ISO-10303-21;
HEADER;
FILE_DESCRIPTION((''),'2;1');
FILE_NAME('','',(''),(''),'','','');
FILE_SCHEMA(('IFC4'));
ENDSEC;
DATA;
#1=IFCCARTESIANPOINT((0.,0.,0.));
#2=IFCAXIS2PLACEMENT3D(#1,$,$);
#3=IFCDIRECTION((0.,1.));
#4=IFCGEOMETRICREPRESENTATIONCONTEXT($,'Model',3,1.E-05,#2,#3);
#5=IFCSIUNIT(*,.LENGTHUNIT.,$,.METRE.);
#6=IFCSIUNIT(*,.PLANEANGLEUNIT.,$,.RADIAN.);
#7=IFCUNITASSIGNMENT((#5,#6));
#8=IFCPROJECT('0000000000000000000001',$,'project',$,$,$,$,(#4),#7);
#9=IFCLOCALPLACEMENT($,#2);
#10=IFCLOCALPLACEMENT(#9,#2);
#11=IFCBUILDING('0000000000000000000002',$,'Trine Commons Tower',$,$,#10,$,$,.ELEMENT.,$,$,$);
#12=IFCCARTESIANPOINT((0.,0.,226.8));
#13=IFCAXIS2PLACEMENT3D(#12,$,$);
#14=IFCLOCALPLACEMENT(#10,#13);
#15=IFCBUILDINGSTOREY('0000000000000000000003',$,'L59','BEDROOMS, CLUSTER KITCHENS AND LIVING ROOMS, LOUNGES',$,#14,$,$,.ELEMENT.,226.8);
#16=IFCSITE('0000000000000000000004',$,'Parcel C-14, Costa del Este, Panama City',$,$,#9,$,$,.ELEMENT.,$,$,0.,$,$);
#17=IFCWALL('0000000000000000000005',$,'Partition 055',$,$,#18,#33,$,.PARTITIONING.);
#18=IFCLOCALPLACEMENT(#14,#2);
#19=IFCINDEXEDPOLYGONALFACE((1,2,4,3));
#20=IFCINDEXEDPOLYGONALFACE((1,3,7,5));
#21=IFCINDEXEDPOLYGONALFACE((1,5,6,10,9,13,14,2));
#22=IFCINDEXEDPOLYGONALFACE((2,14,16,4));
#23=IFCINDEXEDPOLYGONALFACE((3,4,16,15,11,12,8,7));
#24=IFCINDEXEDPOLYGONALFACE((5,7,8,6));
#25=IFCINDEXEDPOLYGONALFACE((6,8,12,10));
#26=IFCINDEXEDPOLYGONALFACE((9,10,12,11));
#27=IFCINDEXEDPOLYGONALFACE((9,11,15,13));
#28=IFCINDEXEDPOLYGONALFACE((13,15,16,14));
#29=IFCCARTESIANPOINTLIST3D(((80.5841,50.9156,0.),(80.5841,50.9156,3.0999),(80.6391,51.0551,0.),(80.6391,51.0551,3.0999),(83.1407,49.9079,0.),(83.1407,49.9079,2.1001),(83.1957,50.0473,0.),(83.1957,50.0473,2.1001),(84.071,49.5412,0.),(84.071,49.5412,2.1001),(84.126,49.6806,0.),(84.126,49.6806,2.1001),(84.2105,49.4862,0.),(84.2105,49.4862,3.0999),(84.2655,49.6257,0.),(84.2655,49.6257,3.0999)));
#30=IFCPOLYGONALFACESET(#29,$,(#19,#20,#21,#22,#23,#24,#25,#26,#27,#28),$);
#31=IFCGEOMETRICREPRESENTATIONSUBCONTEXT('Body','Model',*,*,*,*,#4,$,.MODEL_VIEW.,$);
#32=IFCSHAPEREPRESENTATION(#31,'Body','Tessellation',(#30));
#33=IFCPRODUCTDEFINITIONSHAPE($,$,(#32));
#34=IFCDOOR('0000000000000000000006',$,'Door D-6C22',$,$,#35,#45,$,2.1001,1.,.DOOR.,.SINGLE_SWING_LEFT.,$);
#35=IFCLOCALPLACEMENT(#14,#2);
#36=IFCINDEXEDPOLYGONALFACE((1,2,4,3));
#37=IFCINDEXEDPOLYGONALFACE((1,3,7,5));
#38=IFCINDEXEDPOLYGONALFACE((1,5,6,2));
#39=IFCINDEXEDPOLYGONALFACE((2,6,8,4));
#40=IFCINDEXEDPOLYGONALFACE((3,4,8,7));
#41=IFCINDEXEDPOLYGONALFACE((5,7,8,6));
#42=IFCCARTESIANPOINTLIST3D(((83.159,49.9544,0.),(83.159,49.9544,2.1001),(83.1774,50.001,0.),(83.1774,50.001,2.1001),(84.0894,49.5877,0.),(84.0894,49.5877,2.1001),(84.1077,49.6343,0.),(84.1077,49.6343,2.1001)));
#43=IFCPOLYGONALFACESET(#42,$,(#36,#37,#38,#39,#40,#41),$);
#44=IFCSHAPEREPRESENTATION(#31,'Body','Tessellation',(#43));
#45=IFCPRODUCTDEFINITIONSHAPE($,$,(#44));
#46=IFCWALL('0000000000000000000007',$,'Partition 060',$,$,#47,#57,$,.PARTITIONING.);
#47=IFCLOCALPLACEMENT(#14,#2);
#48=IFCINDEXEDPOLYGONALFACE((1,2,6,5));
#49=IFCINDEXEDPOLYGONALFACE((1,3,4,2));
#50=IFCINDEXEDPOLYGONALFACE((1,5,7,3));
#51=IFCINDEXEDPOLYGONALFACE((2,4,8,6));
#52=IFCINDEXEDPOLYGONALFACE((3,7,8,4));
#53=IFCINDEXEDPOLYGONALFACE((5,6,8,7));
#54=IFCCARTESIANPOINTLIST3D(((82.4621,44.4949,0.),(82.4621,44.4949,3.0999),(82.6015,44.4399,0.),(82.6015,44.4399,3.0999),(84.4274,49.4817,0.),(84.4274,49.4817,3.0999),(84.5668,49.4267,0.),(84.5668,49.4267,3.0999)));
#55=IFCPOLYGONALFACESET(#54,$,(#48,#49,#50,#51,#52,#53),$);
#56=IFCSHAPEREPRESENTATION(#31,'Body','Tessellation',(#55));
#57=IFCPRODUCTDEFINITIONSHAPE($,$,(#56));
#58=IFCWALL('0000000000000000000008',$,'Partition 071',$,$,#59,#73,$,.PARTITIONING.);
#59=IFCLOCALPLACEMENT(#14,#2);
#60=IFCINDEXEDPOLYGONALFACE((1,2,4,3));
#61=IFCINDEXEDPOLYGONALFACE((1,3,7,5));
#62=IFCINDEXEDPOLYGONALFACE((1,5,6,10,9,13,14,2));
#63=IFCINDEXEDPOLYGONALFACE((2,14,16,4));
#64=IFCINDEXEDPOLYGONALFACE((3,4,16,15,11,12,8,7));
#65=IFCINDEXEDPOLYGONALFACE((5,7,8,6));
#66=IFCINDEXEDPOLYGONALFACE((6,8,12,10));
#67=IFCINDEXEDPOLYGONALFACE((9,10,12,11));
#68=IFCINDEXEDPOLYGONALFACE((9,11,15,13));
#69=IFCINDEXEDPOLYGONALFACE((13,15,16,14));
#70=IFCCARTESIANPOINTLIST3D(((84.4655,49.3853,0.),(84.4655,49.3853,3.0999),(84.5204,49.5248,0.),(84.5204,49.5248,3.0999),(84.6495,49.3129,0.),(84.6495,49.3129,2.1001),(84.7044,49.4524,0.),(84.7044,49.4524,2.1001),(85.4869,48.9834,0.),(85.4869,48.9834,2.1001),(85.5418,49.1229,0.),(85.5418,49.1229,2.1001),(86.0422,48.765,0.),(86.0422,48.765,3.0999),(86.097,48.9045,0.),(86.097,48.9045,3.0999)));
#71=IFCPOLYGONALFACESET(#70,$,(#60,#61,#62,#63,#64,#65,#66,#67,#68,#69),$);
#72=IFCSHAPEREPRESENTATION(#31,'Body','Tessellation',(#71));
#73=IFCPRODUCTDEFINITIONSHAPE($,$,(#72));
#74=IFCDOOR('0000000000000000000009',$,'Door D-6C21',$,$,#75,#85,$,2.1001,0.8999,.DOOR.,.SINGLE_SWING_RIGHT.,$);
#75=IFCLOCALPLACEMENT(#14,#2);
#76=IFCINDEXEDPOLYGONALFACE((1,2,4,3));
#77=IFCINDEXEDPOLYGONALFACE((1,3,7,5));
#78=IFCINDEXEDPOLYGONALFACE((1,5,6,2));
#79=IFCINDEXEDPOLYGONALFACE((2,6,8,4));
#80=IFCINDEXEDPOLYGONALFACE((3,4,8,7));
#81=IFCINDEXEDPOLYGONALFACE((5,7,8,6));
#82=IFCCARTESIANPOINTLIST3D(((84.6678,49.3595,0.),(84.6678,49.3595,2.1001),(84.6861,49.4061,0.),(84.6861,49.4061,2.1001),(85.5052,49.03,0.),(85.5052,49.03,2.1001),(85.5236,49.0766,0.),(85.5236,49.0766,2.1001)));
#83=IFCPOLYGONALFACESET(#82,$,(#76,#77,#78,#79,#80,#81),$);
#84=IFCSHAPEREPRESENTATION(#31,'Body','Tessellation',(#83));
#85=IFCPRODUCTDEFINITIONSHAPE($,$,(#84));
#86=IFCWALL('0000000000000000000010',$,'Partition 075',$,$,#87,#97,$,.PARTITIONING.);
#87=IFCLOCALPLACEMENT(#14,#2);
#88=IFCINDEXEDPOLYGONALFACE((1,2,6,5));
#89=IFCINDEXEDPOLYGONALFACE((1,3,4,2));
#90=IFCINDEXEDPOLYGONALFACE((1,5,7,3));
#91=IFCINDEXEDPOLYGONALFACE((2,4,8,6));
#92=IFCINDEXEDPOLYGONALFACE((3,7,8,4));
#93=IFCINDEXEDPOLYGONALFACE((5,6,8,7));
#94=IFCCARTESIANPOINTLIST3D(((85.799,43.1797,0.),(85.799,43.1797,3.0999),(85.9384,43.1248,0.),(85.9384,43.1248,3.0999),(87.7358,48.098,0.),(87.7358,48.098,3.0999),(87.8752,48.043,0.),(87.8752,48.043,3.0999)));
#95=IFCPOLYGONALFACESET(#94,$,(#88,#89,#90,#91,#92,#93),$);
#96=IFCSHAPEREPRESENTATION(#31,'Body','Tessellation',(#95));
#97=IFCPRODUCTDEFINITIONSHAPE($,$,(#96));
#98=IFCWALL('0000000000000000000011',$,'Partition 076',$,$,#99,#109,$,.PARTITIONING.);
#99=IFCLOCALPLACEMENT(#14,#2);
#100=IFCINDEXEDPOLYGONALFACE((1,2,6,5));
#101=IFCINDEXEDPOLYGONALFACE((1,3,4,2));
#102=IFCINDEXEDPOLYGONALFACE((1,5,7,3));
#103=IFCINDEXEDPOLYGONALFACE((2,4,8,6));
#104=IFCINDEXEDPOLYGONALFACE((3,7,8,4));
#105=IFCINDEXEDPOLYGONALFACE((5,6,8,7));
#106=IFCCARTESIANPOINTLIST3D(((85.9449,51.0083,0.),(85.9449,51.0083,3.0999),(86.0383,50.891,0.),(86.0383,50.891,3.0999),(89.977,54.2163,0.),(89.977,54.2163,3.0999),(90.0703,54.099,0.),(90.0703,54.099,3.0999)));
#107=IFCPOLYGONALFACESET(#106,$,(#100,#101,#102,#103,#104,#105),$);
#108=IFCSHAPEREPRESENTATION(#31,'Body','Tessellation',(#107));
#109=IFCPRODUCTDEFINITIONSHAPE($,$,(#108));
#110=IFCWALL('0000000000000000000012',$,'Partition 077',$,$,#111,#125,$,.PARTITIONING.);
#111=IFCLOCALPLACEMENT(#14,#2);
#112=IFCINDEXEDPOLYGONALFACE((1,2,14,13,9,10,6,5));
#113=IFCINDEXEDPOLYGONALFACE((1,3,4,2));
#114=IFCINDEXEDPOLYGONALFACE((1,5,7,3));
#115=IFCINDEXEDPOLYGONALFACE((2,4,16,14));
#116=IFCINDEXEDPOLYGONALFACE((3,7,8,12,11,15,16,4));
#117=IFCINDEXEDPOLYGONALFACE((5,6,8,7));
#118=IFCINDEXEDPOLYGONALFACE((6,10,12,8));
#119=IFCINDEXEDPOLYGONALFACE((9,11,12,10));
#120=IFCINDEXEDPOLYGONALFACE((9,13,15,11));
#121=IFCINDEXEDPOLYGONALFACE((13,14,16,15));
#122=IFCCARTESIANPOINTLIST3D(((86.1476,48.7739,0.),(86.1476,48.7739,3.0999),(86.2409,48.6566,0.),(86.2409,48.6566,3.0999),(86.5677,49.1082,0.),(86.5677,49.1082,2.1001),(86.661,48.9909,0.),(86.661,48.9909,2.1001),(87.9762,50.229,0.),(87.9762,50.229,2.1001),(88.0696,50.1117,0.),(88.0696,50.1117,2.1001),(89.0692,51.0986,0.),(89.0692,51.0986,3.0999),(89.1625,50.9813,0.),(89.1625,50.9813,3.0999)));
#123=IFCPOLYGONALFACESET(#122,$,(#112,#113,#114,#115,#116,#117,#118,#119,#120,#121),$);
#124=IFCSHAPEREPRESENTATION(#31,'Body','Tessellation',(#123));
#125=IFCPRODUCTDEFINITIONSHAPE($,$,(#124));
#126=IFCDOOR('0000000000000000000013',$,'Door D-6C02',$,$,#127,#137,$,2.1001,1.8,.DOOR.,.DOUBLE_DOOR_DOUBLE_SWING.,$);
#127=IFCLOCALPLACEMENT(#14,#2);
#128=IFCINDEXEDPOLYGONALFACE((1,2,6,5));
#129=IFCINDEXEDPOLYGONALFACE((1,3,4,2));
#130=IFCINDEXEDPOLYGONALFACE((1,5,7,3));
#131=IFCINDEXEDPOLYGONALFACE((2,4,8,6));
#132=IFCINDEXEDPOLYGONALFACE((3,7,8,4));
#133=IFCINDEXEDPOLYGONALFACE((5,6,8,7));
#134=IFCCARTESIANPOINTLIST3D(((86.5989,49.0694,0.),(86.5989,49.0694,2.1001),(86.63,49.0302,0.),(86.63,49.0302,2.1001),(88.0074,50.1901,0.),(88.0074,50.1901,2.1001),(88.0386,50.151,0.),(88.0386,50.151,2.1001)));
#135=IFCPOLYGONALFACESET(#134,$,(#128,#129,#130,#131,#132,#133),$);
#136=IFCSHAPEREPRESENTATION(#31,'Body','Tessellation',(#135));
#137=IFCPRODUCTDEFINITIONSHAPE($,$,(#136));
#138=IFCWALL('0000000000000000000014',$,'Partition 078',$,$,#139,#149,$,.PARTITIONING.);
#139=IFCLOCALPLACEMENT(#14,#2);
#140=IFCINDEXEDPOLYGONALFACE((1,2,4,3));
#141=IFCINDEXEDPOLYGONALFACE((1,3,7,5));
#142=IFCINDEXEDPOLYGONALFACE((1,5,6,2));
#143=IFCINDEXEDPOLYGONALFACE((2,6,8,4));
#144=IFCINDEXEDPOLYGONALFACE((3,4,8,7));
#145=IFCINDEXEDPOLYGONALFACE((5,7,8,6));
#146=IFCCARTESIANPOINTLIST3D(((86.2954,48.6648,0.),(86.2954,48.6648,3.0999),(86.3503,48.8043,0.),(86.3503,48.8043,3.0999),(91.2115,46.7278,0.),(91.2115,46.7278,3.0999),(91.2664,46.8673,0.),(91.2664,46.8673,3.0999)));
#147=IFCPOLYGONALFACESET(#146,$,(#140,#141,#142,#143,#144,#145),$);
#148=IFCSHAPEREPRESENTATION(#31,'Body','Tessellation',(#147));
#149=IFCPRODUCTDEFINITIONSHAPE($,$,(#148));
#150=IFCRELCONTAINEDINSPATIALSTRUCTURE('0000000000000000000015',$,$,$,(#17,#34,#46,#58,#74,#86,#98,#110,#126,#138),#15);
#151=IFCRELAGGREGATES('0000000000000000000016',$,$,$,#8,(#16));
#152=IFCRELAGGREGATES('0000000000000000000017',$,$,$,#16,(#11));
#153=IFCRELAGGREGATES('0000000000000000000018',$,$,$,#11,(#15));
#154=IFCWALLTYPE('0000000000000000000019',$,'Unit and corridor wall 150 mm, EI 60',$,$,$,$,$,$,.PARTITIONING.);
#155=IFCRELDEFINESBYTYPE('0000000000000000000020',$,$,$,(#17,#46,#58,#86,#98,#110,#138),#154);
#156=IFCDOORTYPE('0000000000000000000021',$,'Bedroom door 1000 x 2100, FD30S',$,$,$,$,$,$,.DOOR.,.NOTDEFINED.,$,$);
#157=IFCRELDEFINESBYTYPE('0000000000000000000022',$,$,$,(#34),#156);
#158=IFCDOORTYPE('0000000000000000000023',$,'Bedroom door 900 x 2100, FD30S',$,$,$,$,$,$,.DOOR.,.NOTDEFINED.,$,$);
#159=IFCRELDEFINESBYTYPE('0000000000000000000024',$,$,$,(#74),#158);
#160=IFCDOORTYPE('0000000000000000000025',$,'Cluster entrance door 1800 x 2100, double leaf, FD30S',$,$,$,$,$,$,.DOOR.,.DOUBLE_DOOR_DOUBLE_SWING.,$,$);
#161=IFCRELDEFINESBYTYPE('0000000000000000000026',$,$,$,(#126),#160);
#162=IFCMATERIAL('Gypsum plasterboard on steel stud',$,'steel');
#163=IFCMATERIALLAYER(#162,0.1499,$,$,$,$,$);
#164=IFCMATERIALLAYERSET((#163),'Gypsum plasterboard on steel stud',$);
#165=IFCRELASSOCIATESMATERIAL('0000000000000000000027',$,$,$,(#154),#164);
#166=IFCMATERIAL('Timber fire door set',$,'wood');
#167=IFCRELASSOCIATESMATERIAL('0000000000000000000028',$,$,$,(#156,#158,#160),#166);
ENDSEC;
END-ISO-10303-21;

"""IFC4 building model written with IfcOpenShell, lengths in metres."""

from ifc_helpers import new_model, si_unit, direction, frame, frame_2d, origin, place, context, subcontext, project, spatial, rectangle, extrude, material, layer, layer_set, type_object, element, fill, save


model = new_model("IFC4")

# Units and contexts
model_context = context("Model", 3, precision=1e-05, world=origin(), true_north=direction((0.0, 1.0)))
body_context = subcontext(model_context, "Body", "Model", "MODEL_VIEW")
ifc_project = project(units=[si_unit("LENGTHUNIT", "METRE"), si_unit("PLANEANGLEUNIT", "RADIAN")], contexts=[model_context])

# Site, building, storey
site_placement = place(None, origin())
site = spatial("IfcSite", under=ifc_project, at=site_placement, Name="Parcel C-14, Costa del Este, Panama City", CompositionType="ELEMENT", RefElevation=0.0)
building_placement = place(site_placement, origin())
building = spatial("IfcBuilding", under=site, at=building_placement, Name="Trine Commons Tower", CompositionType="ELEMENT")
storey_placement = place(building_placement, frame((0.0, 0.0, 226.8)))
storey = spatial("IfcBuildingStorey", under=building, at=storey_placement, Name="L59", Description="BEDROOMS, CLUSTER KITCHENS AND LIVING ROOMS, LOUNGES", CompositionType="ELEMENT", Elevation=226.8)

# Wall, opening, door
ifc_material_1 = material(Name="Gypsum plasterboard on steel stud", Category="steel")
ifc_layer_1 = layer(ifc_material_1, 0.1499)
ifc_layer_set_1 = layer_set([ifc_layer_1], Name="Gypsum plasterboard on steel stud")
wall_type_1 = type_object("IfcWallType", Name="Unit and corridor wall 150 mm, EI 60", PredefinedType="PARTITIONING", material=ifc_layer_set_1)
wall_1_placement = place(storey_placement, frame((80.6116, 50.9854, 0.0), z_axis=(0.0, 0.0, 1.0), x_axis=(0.930335, -0.36671, 0.0)))
wall_1 = element("IfcWall", 1, at=wall_1_placement, inside=storey, type_object=wall_type_1, Name="Partition 055", PredefinedType="PARTITIONING", context=body_context, shape_type="SweptSolid", body=[
    extrude(rectangle(XDim=3.8979, YDim=0.1499, at=frame_2d((1.949, 0.0))), origin(), (0.0, 0.0, 1.0), 3.0999),
])
opening_1_placement = place(wall_1_placement, frame((2.748, 0.0, 0.0)))
opening_1 = element("IfcOpeningElement", 2, at=opening_1_placement, cuts=wall_1, PredefinedType="OPENING", context=body_context, shape_type="SweptSolid", body=[
    extrude(rectangle(XDim=1.0, YDim=2.1001, at=frame_2d((0.5, 1.05))), frame((0.0, 0.085, 0.0), z_axis=(0.0, -1.0, 0.0), x_axis=(1.0, 0.0, 0.0)), (0.0, 0.0, 1.0), 0.1699),
])
ifc_material_2 = material(Name="Timber fire door set", Category="wood")
door_type_1 = type_object("IfcDoorType", Name="Bedroom door 1000 x 2100, FD30S", OperationType="NOTDEFINED", PredefinedType="DOOR", material=ifc_material_2)
door_1_placement = place(opening_1_placement, frame((1.0, 0.0, 0.0), z_axis=(0.0, 0.0, 1.0), x_axis=(-1.0, 0.0, 0.0)))
door_1 = element("IfcDoor", 3, at=door_1_placement, inside=storey, type_object=door_type_1, Name="Door D-6C22", OperationType="SINGLE_SWING_LEFT", OverallHeight=2.1001, OverallWidth=1.0, PredefinedType="DOOR", context=body_context, shape_type="SweptSolid", body=[
    extrude(rectangle(XDim=1.0, YDim=2.1001, at=frame_2d((0.5, 1.05))), frame((0.0, 0.0249, 0.0), z_axis=(0.0, -1.0, 0.0), x_axis=(1.0, 0.0, 0.0)), (0.0, 0.0, 1.0), 0.05),
])
fill(opening_1, door_1)

# Wall
wall_2_placement = place(storey_placement, frame((82.5317, 44.4673, 0.0), z_axis=(0.0, 0.0, 1.0), x_axis=(0.366658, 0.930356, 0.0)))
element("IfcWall", 4, at=wall_2_placement, inside=storey, type_object=wall_type_1, Name="Partition 060", PredefinedType="PARTITIONING", context=body_context, shape_type="SweptSolid", body=[
    extrude(rectangle(XDim=5.3601, YDim=0.1499, at=frame_2d((2.6802, 0.0))), origin(), (0.0, 0.0, 1.0), 3.0999),
])

# Wall, opening, door
wall_3_placement = place(storey_placement, frame((84.4929, 49.4551, 0.0), z_axis=(0.0, 0.0, 1.0), x_axis=(0.930559, -0.366143, 0.0)))
wall_3 = element("IfcWall", 5, at=wall_3_placement, inside=storey, type_object=wall_type_1, Name="Partition 071", PredefinedType="PARTITIONING", context=body_context, shape_type="SweptSolid", body=[
    extrude(rectangle(XDim=1.6943, YDim=0.1499, at=frame_2d((0.8472, 0.0))), origin(), (0.0, 0.0, 1.0), 3.0999),
])
opening_2_placement = place(wall_3_placement, frame((0.1978, 0.0, 0.0)))
opening_2 = element("IfcOpeningElement", 6, at=opening_2_placement, cuts=wall_3, PredefinedType="OPENING", context=body_context, shape_type="SweptSolid", body=[
    extrude(rectangle(XDim=0.8999, YDim=2.1001, at=frame_2d((0.45, 1.05))), frame((0.0, 0.085, 0.0), z_axis=(0.0, -1.0, 0.0), x_axis=(1.0, 0.0, 0.0)), (0.0, 0.0, 1.0), 0.1699),
])
door_type_2 = type_object("IfcDoorType", Name="Bedroom door 900 x 2100, FD30S", OperationType="NOTDEFINED", PredefinedType="DOOR", material=ifc_material_2)
door_2_placement = place(opening_2_placement, frame((0.8999, 0.0, 0.0), z_axis=(0.0, 0.0, 1.0), x_axis=(-1.0, 0.0, 0.0)))
door_2 = element("IfcDoor", 7, at=door_2_placement, inside=storey, type_object=door_type_2, Name="Door D-6C21", OperationType="SINGLE_SWING_RIGHT", OverallHeight=2.1001, OverallWidth=0.8999, PredefinedType="DOOR", context=body_context, shape_type="SweptSolid", body=[
    extrude(rectangle(XDim=0.8999, YDim=2.1001, at=frame_2d((0.45, 1.05))), frame((0.0, 0.0249, 0.0), z_axis=(0.0, -1.0, 0.0), x_axis=(1.0, 0.0, 0.0)), (0.0, 0.0, 1.0), 0.05),
])
fill(opening_2, door_2)

# Walls
wall_4_placement = place(storey_placement, frame((85.8687, 43.1521, 0.0), z_axis=(0.0, 0.0, 1.0), x_axis=(0.366408, 0.930454, 0.0)))
element("IfcWall", 8, at=wall_4_placement, inside=storey, type_object=wall_type_1, Name="Partition 075", PredefinedType="PARTITIONING", context=body_context, shape_type="SweptSolid", body=[
    extrude(rectangle(XDim=5.2859, YDim=0.1499, at=frame_2d((2.6431, 0.0))), origin(), (0.0, 0.0, 1.0), 3.0999),
])
wall_5_placement = place(storey_placement, frame((85.9917, 50.9497, 0.0), z_axis=(0.0, 0.0, 1.0), x_axis=(0.78253, 0.622613, 0.0)))
element("IfcWall", 9, at=wall_5_placement, inside=storey, type_object=wall_type_1, Name="Partition 076", PredefinedType="PARTITIONING", context=body_context, shape_type="SweptSolid", body=[
    extrude(rectangle(XDim=5.1526, YDim=0.1499, at=frame_2d((2.5762, 0.0))), origin(), (0.0, 0.0, 1.0), 3.0999),
])

# Wall, opening, door
wall_6_placement = place(storey_placement, frame((86.1943, 48.7153, 0.0), z_axis=(0.0, 0.0, 1.0), x_axis=(0.782512, 0.622636, 0.0)))
wall_6 = element("IfcWall", 10, at=wall_6_placement, inside=storey, type_object=wall_type_1, Name="Partition 077", PredefinedType="PARTITIONING", context=body_context, shape_type="SweptSolid", body=[
    extrude(rectangle(XDim=3.7336, YDim=0.1499, at=frame_2d((1.8667, 0.0))), origin(), (0.0, 0.0, 1.0), 3.0999),
])
opening_3_placement = place(wall_6_placement, frame((0.5369, 0.0, 0.0)))
opening_3 = element("IfcOpeningElement", 11, at=opening_3_placement, cuts=wall_6, PredefinedType="OPENING", context=body_context, shape_type="SweptSolid", body=[
    extrude(rectangle(XDim=1.8, YDim=2.1001, at=frame_2d((0.8999, 1.05))), frame((0.0, 0.085, 0.0), z_axis=(0.0, -1.0, 0.0), x_axis=(1.0, 0.0, 0.0)), (0.0, 0.0, 1.0), 0.1699),
])
door_type_3 = type_object("IfcDoorType", Name="Cluster entrance door 1800 x 2100, double leaf, FD30S", OperationType="DOUBLE_DOOR_DOUBLE_SWING", PredefinedType="DOOR", material=ifc_material_2)
door_3_placement = place(opening_3_placement, frame((1.8, 0.0, 0.0), z_axis=(0.0, 0.0, 1.0), x_axis=(-1.0, 0.0, 0.0)))
door_3 = element("IfcDoor", 12, at=door_3_placement, inside=storey, type_object=door_type_3, Name="Door D-6C02", OperationType="DOUBLE_DOOR_DOUBLE_SWING", OverallHeight=2.1001, OverallWidth=1.8, PredefinedType="DOOR", context=body_context, shape_type="SweptSolid", body=[
    extrude(rectangle(XDim=1.8, YDim=2.1001, at=frame_2d((0.8999, 1.05))), frame((0.0, 0.0249, 0.0), z_axis=(0.0, -1.0, 0.0), x_axis=(1.0, 0.0, 0.0)), (0.0, 0.0, 1.0), 0.05),
])
fill(opening_3, door_3)

# Wall
wall_7_placement = place(storey_placement, frame((86.3228, 48.7346, 0.0), z_axis=(0.0, 0.0, 1.0), x_axis=(0.930383, -0.36659, 0.0)))
element("IfcWall", 13, at=wall_7_placement, inside=storey, type_object=wall_type_1, Name="Partition 078", PredefinedType="PARTITIONING", context=body_context, shape_type="SweptSolid", body=[
    extrude(rectangle(XDim=5.2839, YDim=0.1499, at=frame_2d((2.6421, 0.0))), origin(), (0.0, 0.0, 1.0), 3.0999),
])

save(model, "model.ifc")
